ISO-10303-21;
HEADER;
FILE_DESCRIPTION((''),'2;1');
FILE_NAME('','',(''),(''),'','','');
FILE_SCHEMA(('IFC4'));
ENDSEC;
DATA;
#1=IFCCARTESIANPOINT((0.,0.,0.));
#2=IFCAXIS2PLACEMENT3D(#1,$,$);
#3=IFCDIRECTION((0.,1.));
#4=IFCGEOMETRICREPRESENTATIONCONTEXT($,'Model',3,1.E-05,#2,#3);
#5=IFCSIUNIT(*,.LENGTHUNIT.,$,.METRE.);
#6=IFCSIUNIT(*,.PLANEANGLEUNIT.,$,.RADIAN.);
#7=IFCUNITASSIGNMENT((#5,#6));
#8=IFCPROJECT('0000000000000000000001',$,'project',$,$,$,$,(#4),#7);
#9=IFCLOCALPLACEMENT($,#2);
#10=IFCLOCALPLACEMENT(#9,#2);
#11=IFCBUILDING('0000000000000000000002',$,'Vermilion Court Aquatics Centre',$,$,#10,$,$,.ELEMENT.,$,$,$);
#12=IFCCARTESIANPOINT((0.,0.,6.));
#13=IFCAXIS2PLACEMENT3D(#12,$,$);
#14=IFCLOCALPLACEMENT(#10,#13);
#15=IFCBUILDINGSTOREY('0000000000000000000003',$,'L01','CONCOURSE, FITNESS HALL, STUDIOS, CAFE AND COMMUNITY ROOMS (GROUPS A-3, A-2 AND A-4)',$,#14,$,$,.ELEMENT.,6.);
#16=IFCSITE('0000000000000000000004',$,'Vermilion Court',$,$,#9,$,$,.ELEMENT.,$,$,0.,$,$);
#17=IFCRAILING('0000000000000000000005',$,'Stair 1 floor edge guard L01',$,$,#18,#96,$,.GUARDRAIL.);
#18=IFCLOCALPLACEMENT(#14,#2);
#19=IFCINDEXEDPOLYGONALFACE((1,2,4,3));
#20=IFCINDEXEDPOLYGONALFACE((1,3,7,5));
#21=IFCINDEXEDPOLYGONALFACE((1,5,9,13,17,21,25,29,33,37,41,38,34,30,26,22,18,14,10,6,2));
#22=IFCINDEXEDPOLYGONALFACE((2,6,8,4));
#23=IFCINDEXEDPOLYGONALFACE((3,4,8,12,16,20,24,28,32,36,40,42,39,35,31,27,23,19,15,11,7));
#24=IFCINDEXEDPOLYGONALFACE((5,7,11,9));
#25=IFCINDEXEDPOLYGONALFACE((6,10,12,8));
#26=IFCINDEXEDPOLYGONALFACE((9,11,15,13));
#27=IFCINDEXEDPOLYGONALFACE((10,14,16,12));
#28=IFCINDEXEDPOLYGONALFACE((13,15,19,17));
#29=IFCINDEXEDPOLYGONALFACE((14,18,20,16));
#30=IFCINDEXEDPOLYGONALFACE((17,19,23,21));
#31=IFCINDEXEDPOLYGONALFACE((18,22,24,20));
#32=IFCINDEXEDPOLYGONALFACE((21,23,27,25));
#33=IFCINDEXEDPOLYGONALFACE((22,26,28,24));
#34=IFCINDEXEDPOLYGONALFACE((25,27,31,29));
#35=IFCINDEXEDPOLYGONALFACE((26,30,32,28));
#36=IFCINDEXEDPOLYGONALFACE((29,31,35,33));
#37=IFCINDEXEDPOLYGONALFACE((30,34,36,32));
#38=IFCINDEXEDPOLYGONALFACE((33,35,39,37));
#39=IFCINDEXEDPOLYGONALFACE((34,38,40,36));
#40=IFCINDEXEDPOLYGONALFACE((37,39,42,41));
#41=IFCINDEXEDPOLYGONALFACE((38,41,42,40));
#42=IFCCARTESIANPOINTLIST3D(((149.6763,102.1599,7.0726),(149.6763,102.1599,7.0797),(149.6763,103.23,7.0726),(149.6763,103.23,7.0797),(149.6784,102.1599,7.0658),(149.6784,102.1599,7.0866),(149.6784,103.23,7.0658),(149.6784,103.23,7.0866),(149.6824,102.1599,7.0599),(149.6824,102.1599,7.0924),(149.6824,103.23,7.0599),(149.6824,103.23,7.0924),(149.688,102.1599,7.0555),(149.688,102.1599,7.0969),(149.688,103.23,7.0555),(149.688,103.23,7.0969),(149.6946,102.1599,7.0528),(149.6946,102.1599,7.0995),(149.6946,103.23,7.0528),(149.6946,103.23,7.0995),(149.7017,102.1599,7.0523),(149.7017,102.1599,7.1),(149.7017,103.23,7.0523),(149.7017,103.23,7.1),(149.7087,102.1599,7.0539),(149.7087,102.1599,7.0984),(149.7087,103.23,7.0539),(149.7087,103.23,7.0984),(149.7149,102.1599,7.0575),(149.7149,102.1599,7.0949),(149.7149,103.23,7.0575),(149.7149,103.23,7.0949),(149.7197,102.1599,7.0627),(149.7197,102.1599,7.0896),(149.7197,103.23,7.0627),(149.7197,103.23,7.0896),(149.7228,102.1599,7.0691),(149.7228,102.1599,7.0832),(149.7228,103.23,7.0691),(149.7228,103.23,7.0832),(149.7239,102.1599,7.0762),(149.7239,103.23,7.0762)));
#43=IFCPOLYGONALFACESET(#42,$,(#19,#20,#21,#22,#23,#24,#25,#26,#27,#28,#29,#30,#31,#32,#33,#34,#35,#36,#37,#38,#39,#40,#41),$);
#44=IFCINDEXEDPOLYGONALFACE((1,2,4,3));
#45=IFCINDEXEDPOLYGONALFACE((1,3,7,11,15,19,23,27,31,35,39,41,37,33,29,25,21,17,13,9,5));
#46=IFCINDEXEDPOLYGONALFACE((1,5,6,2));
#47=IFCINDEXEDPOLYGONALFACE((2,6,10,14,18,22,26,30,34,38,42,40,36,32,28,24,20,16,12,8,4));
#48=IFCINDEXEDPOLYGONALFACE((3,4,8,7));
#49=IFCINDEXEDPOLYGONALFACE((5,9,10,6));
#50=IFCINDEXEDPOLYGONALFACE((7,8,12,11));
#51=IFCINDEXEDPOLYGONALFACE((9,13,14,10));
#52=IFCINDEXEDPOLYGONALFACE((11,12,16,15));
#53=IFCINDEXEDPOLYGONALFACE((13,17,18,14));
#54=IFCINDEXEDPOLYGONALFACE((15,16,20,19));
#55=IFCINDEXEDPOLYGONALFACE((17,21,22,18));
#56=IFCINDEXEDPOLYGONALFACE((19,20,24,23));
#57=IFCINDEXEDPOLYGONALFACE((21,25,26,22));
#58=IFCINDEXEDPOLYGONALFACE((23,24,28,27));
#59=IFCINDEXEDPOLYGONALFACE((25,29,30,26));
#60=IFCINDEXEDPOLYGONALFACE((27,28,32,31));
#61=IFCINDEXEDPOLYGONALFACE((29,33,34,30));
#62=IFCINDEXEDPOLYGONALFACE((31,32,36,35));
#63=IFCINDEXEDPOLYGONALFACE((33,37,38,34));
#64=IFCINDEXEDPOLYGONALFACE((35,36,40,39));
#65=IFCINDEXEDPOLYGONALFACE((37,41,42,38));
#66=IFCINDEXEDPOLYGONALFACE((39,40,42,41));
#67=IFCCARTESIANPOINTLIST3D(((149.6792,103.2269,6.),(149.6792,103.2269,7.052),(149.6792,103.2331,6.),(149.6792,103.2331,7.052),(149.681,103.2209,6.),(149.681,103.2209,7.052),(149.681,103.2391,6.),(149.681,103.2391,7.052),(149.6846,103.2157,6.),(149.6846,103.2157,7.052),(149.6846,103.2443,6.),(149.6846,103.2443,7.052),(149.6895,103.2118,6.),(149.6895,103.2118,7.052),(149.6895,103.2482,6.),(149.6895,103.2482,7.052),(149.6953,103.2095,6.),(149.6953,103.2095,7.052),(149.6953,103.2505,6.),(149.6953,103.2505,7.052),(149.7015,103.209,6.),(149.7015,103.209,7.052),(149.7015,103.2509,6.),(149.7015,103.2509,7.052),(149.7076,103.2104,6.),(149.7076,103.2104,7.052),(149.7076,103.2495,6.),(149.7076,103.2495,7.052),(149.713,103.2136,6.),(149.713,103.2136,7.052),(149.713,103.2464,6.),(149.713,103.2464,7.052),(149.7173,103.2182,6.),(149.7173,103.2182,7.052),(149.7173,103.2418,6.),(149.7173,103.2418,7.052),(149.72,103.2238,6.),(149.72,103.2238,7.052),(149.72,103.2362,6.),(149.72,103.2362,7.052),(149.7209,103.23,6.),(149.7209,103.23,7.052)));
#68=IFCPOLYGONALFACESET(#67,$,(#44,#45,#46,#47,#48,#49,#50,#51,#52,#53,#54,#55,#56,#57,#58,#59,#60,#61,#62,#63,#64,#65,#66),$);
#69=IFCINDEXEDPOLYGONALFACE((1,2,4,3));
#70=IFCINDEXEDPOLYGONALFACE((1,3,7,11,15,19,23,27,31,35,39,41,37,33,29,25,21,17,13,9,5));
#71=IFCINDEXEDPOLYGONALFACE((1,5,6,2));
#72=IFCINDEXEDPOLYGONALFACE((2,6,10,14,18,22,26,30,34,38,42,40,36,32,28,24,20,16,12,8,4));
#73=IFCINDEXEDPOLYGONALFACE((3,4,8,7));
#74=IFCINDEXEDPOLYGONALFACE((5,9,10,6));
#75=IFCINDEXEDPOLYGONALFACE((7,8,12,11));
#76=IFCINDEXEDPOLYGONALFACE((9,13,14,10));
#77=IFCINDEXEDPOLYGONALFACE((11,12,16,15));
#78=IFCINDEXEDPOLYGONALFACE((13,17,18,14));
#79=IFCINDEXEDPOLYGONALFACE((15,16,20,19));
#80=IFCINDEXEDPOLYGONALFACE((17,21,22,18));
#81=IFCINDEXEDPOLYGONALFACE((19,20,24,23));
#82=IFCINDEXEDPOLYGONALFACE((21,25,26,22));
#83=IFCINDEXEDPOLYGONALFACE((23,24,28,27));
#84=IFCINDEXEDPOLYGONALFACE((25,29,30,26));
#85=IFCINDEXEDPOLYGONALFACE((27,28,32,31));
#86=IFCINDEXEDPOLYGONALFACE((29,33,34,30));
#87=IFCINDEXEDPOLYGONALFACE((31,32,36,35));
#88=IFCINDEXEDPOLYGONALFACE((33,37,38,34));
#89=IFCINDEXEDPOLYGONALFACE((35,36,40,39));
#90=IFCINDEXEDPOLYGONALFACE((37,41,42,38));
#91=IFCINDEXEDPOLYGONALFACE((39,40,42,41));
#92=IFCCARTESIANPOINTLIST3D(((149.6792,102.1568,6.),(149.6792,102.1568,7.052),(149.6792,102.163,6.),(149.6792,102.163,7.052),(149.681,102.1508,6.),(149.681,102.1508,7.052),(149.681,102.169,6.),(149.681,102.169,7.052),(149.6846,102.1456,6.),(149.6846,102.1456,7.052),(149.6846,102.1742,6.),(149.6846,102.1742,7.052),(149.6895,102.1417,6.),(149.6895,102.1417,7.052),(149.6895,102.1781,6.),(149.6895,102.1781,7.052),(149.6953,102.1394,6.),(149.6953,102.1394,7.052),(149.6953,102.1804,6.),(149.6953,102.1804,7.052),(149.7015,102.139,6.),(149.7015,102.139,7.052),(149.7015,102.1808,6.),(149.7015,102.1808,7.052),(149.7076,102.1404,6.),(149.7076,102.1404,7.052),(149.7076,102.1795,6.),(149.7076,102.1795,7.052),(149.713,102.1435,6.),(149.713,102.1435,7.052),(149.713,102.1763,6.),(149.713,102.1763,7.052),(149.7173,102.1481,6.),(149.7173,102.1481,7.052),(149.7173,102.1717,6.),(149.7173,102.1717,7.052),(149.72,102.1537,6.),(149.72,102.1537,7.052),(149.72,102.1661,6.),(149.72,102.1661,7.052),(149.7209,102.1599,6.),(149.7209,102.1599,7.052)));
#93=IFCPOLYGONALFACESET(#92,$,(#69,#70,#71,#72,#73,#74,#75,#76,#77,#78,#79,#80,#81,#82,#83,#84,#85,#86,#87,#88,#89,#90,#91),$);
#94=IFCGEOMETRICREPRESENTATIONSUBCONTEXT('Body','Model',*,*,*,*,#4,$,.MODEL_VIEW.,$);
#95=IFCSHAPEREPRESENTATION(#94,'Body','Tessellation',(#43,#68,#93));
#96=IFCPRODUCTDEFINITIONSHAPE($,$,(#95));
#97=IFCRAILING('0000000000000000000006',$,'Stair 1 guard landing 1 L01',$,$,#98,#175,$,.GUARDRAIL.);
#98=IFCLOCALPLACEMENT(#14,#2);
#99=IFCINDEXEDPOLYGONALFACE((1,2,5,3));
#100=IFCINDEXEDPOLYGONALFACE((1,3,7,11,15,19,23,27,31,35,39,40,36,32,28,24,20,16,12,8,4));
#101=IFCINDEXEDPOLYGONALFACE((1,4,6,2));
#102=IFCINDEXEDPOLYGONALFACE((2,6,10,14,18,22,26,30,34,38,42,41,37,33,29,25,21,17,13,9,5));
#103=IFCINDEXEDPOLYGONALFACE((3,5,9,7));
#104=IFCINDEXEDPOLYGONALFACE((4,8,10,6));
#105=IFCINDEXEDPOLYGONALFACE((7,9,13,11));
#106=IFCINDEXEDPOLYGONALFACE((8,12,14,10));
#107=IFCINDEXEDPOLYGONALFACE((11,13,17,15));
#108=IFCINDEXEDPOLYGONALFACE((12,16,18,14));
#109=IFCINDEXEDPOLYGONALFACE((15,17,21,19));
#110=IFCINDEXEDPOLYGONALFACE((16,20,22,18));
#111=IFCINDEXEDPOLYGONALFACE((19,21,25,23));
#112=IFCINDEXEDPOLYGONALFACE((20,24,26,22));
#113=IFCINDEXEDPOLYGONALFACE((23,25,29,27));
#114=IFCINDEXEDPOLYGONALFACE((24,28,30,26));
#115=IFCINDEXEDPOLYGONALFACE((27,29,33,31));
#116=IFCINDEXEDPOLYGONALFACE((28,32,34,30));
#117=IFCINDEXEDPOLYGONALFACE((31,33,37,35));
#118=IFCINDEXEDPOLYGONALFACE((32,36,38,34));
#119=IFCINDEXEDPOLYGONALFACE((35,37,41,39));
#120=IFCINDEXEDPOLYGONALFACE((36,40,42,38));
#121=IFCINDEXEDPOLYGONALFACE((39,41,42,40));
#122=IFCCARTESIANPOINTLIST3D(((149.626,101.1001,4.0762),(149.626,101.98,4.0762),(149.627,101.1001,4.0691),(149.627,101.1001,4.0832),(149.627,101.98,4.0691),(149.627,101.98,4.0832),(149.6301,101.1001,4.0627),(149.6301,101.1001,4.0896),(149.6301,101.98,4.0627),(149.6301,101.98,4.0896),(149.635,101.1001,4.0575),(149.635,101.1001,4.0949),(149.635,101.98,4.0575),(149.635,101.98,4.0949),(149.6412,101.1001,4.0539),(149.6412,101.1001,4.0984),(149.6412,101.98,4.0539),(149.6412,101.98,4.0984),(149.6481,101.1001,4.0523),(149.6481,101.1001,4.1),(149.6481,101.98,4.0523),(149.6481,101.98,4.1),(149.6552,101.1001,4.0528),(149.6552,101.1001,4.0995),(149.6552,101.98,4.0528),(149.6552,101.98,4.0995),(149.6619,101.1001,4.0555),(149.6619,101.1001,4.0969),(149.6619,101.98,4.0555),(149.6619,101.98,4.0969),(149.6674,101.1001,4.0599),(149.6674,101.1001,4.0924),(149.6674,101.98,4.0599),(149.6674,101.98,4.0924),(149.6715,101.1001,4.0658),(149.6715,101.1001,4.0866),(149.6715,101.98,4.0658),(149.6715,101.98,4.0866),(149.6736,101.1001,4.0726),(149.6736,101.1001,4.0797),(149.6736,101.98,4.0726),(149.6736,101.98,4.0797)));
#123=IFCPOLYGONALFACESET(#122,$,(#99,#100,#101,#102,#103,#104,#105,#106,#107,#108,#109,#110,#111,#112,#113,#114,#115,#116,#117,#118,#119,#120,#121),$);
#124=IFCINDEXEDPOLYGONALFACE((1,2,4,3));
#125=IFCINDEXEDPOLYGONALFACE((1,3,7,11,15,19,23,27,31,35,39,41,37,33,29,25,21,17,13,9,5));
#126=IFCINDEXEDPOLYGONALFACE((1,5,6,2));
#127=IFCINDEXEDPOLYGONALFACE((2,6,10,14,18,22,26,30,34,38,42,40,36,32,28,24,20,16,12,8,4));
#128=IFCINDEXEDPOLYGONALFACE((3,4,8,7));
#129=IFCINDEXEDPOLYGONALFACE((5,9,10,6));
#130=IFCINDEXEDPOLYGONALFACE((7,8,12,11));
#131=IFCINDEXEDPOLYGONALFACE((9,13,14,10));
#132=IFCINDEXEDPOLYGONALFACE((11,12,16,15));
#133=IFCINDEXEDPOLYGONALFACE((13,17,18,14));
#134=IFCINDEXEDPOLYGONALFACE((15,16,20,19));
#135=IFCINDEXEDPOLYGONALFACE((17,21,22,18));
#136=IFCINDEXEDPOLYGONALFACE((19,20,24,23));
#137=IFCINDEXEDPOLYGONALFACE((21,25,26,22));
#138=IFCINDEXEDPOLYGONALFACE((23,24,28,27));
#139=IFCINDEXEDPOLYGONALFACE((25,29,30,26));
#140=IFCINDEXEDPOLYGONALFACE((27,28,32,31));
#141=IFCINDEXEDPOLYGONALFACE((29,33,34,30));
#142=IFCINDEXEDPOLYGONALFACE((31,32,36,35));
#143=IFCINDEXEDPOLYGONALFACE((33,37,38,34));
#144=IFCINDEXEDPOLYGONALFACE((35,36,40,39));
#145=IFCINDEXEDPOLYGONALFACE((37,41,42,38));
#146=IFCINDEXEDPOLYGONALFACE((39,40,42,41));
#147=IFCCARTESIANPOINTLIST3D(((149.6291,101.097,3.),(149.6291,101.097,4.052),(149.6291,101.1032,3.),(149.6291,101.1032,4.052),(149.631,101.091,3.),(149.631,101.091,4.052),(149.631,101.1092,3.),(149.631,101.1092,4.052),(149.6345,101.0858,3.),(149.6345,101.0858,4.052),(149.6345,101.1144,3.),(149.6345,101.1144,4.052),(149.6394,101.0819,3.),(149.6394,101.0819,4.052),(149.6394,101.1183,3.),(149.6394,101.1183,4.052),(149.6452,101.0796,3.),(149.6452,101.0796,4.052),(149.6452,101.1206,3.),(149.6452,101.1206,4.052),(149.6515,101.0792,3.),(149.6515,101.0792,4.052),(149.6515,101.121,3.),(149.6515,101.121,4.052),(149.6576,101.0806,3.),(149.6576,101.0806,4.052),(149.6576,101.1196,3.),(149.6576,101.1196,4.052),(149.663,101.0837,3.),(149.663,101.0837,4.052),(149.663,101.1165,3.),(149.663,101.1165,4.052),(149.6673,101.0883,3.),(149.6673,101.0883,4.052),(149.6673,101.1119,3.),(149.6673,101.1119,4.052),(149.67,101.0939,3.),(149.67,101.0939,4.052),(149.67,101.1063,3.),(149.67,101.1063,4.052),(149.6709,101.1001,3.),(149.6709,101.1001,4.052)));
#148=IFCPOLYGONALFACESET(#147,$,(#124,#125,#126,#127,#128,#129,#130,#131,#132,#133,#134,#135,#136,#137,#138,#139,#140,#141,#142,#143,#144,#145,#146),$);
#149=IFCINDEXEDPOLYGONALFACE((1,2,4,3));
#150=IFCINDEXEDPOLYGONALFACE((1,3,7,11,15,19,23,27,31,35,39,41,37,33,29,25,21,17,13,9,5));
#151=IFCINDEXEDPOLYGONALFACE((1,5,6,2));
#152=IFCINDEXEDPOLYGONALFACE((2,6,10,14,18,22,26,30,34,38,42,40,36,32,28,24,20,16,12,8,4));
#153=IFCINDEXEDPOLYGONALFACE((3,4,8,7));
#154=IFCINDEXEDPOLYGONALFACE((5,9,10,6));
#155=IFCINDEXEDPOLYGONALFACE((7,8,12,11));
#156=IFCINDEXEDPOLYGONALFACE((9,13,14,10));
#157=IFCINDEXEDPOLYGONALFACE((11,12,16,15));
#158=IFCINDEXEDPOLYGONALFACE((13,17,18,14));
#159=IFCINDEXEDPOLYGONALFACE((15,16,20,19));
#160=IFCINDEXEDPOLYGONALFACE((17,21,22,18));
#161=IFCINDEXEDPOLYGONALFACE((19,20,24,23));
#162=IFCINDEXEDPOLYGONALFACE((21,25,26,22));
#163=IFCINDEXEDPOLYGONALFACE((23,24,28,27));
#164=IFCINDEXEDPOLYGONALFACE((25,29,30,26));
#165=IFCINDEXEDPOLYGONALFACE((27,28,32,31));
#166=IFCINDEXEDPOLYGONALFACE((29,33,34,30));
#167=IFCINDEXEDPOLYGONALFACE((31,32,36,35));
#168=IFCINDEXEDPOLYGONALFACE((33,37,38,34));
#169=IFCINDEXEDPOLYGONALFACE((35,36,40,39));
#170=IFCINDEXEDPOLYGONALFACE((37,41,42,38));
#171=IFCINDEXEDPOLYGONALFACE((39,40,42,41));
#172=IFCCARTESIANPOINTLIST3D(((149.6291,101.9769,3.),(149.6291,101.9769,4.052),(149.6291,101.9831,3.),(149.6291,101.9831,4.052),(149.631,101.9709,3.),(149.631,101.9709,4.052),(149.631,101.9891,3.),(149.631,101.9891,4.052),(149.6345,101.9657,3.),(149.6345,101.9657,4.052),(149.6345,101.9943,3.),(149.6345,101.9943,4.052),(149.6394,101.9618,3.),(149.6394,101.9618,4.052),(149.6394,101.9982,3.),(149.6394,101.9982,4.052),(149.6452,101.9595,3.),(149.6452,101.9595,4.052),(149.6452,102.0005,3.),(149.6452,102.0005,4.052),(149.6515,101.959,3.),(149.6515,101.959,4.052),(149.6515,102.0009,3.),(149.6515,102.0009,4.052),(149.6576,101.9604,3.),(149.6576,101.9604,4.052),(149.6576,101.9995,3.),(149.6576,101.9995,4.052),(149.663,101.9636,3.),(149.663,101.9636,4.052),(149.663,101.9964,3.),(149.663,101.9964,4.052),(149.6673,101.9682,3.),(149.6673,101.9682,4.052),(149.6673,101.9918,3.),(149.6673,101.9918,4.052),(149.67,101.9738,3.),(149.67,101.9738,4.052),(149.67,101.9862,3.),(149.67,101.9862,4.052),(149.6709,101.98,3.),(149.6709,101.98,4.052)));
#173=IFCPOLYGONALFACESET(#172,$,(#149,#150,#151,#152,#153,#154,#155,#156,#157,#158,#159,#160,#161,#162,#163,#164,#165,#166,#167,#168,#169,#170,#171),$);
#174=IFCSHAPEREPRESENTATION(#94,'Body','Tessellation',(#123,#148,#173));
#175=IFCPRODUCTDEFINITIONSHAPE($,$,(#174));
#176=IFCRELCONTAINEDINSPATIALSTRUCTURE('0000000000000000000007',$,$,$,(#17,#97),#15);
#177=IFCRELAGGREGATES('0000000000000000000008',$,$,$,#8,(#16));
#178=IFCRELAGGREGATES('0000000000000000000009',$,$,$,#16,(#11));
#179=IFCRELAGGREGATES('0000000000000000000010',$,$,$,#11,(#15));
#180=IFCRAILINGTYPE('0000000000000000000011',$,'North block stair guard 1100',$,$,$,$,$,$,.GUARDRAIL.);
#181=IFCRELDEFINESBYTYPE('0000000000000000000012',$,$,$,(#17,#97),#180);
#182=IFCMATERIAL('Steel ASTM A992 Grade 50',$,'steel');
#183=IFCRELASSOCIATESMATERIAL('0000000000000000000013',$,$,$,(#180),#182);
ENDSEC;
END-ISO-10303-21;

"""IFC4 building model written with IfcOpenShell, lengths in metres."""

from ifc_helpers import new_model, si_unit, direction, frame, origin, origin_2d, place, context, subcontext, project, spatial, circle, extrude, material, type_object, element, save


model = new_model("IFC4")

# Units and contexts
model_context = context("Model", 3, precision=1e-05, world=origin(), true_north=direction((0.0, 1.0)))
body_context = subcontext(model_context, "Body", "Model", "MODEL_VIEW")
ifc_project = project(units=[si_unit("LENGTHUNIT", "METRE"), si_unit("PLANEANGLEUNIT", "RADIAN")], contexts=[model_context])

# Site, building, storey
site_placement = place(None, origin())
site = spatial("IfcSite", under=ifc_project, at=site_placement, Name="Vermilion Court", CompositionType="ELEMENT", RefElevation=0.0)
building_placement = place(site_placement, origin())
building = spatial("IfcBuilding", under=site, at=building_placement, Name="Vermilion Court Aquatics Centre", CompositionType="ELEMENT")
storey_placement = place(building_placement, frame((0.0, 0.0, 6.0)))
storey = spatial("IfcBuildingStorey", under=building, at=storey_placement, Name="L01", Description="CONCOURSE, FITNESS HALL, STUDIOS, CAFE AND COMMUNITY ROOMS (GROUPS A-3, A-2 AND A-4)", CompositionType="ELEMENT", Elevation=6.0)

# Railings
ifc_material_1 = material(Name="Steel ASTM A992 Grade 50", Category="steel")
railing_type_1 = type_object("IfcRailingType", Name="North block stair guard 1100", PredefinedType="GUARDRAIL", material=ifc_material_1)
railing_1_placement = place(storey_placement, frame((149.7, 103.23, 6.0)))
element("IfcRailing", 1, at=railing_1_placement, inside=storey, type_object=railing_type_1, Name="Stair 1 floor edge guard L01", PredefinedType="GUARDRAIL", context=body_context, shape_type="SweptSolid", body=[
    extrude(circle(Radius=0.0239, at=origin_2d()), frame((0.0, 0.0, 1.0762), z_axis=(0.0, -1.0, 0.0), x_axis=(1.0, 0.0, 0.0)), (0.0, 0.0, 1.0), 1.0701),
    extrude(circle(Radius=0.021, at=origin_2d()), origin(), (0.0, 0.0, 1.0), 1.052),
    extrude(circle(Radius=0.021, at=origin_2d()), frame((0.0, -1.0701, 0.0)), (0.0, 0.0, 1.0), 1.052),
])
railing_2_placement = place(storey_placement, frame((149.6499, 101.1001, 3.0)))
element("IfcRailing", 2, at=railing_2_placement, inside=storey, type_object=railing_type_1, Name="Stair 1 guard landing 1 L01", PredefinedType="GUARDRAIL", context=body_context, shape_type="SweptSolid", body=[
    extrude(circle(Radius=0.0239, at=origin_2d()), frame((0.0, 0.0, 1.0762), z_axis=(0.0, 1.0, 0.0), x_axis=(-1.0, 0.0, 0.0)), (0.0, 0.0, 1.0), 0.8799),
    extrude(circle(Radius=0.021, at=origin_2d()), origin(), (0.0, 0.0, 1.0), 1.052),
    extrude(circle(Radius=0.021, at=origin_2d()), frame((0.0, 0.8799, 0.0)), (0.0, 0.0, 1.0), 1.052),
])

save(model, "model.ifc")
